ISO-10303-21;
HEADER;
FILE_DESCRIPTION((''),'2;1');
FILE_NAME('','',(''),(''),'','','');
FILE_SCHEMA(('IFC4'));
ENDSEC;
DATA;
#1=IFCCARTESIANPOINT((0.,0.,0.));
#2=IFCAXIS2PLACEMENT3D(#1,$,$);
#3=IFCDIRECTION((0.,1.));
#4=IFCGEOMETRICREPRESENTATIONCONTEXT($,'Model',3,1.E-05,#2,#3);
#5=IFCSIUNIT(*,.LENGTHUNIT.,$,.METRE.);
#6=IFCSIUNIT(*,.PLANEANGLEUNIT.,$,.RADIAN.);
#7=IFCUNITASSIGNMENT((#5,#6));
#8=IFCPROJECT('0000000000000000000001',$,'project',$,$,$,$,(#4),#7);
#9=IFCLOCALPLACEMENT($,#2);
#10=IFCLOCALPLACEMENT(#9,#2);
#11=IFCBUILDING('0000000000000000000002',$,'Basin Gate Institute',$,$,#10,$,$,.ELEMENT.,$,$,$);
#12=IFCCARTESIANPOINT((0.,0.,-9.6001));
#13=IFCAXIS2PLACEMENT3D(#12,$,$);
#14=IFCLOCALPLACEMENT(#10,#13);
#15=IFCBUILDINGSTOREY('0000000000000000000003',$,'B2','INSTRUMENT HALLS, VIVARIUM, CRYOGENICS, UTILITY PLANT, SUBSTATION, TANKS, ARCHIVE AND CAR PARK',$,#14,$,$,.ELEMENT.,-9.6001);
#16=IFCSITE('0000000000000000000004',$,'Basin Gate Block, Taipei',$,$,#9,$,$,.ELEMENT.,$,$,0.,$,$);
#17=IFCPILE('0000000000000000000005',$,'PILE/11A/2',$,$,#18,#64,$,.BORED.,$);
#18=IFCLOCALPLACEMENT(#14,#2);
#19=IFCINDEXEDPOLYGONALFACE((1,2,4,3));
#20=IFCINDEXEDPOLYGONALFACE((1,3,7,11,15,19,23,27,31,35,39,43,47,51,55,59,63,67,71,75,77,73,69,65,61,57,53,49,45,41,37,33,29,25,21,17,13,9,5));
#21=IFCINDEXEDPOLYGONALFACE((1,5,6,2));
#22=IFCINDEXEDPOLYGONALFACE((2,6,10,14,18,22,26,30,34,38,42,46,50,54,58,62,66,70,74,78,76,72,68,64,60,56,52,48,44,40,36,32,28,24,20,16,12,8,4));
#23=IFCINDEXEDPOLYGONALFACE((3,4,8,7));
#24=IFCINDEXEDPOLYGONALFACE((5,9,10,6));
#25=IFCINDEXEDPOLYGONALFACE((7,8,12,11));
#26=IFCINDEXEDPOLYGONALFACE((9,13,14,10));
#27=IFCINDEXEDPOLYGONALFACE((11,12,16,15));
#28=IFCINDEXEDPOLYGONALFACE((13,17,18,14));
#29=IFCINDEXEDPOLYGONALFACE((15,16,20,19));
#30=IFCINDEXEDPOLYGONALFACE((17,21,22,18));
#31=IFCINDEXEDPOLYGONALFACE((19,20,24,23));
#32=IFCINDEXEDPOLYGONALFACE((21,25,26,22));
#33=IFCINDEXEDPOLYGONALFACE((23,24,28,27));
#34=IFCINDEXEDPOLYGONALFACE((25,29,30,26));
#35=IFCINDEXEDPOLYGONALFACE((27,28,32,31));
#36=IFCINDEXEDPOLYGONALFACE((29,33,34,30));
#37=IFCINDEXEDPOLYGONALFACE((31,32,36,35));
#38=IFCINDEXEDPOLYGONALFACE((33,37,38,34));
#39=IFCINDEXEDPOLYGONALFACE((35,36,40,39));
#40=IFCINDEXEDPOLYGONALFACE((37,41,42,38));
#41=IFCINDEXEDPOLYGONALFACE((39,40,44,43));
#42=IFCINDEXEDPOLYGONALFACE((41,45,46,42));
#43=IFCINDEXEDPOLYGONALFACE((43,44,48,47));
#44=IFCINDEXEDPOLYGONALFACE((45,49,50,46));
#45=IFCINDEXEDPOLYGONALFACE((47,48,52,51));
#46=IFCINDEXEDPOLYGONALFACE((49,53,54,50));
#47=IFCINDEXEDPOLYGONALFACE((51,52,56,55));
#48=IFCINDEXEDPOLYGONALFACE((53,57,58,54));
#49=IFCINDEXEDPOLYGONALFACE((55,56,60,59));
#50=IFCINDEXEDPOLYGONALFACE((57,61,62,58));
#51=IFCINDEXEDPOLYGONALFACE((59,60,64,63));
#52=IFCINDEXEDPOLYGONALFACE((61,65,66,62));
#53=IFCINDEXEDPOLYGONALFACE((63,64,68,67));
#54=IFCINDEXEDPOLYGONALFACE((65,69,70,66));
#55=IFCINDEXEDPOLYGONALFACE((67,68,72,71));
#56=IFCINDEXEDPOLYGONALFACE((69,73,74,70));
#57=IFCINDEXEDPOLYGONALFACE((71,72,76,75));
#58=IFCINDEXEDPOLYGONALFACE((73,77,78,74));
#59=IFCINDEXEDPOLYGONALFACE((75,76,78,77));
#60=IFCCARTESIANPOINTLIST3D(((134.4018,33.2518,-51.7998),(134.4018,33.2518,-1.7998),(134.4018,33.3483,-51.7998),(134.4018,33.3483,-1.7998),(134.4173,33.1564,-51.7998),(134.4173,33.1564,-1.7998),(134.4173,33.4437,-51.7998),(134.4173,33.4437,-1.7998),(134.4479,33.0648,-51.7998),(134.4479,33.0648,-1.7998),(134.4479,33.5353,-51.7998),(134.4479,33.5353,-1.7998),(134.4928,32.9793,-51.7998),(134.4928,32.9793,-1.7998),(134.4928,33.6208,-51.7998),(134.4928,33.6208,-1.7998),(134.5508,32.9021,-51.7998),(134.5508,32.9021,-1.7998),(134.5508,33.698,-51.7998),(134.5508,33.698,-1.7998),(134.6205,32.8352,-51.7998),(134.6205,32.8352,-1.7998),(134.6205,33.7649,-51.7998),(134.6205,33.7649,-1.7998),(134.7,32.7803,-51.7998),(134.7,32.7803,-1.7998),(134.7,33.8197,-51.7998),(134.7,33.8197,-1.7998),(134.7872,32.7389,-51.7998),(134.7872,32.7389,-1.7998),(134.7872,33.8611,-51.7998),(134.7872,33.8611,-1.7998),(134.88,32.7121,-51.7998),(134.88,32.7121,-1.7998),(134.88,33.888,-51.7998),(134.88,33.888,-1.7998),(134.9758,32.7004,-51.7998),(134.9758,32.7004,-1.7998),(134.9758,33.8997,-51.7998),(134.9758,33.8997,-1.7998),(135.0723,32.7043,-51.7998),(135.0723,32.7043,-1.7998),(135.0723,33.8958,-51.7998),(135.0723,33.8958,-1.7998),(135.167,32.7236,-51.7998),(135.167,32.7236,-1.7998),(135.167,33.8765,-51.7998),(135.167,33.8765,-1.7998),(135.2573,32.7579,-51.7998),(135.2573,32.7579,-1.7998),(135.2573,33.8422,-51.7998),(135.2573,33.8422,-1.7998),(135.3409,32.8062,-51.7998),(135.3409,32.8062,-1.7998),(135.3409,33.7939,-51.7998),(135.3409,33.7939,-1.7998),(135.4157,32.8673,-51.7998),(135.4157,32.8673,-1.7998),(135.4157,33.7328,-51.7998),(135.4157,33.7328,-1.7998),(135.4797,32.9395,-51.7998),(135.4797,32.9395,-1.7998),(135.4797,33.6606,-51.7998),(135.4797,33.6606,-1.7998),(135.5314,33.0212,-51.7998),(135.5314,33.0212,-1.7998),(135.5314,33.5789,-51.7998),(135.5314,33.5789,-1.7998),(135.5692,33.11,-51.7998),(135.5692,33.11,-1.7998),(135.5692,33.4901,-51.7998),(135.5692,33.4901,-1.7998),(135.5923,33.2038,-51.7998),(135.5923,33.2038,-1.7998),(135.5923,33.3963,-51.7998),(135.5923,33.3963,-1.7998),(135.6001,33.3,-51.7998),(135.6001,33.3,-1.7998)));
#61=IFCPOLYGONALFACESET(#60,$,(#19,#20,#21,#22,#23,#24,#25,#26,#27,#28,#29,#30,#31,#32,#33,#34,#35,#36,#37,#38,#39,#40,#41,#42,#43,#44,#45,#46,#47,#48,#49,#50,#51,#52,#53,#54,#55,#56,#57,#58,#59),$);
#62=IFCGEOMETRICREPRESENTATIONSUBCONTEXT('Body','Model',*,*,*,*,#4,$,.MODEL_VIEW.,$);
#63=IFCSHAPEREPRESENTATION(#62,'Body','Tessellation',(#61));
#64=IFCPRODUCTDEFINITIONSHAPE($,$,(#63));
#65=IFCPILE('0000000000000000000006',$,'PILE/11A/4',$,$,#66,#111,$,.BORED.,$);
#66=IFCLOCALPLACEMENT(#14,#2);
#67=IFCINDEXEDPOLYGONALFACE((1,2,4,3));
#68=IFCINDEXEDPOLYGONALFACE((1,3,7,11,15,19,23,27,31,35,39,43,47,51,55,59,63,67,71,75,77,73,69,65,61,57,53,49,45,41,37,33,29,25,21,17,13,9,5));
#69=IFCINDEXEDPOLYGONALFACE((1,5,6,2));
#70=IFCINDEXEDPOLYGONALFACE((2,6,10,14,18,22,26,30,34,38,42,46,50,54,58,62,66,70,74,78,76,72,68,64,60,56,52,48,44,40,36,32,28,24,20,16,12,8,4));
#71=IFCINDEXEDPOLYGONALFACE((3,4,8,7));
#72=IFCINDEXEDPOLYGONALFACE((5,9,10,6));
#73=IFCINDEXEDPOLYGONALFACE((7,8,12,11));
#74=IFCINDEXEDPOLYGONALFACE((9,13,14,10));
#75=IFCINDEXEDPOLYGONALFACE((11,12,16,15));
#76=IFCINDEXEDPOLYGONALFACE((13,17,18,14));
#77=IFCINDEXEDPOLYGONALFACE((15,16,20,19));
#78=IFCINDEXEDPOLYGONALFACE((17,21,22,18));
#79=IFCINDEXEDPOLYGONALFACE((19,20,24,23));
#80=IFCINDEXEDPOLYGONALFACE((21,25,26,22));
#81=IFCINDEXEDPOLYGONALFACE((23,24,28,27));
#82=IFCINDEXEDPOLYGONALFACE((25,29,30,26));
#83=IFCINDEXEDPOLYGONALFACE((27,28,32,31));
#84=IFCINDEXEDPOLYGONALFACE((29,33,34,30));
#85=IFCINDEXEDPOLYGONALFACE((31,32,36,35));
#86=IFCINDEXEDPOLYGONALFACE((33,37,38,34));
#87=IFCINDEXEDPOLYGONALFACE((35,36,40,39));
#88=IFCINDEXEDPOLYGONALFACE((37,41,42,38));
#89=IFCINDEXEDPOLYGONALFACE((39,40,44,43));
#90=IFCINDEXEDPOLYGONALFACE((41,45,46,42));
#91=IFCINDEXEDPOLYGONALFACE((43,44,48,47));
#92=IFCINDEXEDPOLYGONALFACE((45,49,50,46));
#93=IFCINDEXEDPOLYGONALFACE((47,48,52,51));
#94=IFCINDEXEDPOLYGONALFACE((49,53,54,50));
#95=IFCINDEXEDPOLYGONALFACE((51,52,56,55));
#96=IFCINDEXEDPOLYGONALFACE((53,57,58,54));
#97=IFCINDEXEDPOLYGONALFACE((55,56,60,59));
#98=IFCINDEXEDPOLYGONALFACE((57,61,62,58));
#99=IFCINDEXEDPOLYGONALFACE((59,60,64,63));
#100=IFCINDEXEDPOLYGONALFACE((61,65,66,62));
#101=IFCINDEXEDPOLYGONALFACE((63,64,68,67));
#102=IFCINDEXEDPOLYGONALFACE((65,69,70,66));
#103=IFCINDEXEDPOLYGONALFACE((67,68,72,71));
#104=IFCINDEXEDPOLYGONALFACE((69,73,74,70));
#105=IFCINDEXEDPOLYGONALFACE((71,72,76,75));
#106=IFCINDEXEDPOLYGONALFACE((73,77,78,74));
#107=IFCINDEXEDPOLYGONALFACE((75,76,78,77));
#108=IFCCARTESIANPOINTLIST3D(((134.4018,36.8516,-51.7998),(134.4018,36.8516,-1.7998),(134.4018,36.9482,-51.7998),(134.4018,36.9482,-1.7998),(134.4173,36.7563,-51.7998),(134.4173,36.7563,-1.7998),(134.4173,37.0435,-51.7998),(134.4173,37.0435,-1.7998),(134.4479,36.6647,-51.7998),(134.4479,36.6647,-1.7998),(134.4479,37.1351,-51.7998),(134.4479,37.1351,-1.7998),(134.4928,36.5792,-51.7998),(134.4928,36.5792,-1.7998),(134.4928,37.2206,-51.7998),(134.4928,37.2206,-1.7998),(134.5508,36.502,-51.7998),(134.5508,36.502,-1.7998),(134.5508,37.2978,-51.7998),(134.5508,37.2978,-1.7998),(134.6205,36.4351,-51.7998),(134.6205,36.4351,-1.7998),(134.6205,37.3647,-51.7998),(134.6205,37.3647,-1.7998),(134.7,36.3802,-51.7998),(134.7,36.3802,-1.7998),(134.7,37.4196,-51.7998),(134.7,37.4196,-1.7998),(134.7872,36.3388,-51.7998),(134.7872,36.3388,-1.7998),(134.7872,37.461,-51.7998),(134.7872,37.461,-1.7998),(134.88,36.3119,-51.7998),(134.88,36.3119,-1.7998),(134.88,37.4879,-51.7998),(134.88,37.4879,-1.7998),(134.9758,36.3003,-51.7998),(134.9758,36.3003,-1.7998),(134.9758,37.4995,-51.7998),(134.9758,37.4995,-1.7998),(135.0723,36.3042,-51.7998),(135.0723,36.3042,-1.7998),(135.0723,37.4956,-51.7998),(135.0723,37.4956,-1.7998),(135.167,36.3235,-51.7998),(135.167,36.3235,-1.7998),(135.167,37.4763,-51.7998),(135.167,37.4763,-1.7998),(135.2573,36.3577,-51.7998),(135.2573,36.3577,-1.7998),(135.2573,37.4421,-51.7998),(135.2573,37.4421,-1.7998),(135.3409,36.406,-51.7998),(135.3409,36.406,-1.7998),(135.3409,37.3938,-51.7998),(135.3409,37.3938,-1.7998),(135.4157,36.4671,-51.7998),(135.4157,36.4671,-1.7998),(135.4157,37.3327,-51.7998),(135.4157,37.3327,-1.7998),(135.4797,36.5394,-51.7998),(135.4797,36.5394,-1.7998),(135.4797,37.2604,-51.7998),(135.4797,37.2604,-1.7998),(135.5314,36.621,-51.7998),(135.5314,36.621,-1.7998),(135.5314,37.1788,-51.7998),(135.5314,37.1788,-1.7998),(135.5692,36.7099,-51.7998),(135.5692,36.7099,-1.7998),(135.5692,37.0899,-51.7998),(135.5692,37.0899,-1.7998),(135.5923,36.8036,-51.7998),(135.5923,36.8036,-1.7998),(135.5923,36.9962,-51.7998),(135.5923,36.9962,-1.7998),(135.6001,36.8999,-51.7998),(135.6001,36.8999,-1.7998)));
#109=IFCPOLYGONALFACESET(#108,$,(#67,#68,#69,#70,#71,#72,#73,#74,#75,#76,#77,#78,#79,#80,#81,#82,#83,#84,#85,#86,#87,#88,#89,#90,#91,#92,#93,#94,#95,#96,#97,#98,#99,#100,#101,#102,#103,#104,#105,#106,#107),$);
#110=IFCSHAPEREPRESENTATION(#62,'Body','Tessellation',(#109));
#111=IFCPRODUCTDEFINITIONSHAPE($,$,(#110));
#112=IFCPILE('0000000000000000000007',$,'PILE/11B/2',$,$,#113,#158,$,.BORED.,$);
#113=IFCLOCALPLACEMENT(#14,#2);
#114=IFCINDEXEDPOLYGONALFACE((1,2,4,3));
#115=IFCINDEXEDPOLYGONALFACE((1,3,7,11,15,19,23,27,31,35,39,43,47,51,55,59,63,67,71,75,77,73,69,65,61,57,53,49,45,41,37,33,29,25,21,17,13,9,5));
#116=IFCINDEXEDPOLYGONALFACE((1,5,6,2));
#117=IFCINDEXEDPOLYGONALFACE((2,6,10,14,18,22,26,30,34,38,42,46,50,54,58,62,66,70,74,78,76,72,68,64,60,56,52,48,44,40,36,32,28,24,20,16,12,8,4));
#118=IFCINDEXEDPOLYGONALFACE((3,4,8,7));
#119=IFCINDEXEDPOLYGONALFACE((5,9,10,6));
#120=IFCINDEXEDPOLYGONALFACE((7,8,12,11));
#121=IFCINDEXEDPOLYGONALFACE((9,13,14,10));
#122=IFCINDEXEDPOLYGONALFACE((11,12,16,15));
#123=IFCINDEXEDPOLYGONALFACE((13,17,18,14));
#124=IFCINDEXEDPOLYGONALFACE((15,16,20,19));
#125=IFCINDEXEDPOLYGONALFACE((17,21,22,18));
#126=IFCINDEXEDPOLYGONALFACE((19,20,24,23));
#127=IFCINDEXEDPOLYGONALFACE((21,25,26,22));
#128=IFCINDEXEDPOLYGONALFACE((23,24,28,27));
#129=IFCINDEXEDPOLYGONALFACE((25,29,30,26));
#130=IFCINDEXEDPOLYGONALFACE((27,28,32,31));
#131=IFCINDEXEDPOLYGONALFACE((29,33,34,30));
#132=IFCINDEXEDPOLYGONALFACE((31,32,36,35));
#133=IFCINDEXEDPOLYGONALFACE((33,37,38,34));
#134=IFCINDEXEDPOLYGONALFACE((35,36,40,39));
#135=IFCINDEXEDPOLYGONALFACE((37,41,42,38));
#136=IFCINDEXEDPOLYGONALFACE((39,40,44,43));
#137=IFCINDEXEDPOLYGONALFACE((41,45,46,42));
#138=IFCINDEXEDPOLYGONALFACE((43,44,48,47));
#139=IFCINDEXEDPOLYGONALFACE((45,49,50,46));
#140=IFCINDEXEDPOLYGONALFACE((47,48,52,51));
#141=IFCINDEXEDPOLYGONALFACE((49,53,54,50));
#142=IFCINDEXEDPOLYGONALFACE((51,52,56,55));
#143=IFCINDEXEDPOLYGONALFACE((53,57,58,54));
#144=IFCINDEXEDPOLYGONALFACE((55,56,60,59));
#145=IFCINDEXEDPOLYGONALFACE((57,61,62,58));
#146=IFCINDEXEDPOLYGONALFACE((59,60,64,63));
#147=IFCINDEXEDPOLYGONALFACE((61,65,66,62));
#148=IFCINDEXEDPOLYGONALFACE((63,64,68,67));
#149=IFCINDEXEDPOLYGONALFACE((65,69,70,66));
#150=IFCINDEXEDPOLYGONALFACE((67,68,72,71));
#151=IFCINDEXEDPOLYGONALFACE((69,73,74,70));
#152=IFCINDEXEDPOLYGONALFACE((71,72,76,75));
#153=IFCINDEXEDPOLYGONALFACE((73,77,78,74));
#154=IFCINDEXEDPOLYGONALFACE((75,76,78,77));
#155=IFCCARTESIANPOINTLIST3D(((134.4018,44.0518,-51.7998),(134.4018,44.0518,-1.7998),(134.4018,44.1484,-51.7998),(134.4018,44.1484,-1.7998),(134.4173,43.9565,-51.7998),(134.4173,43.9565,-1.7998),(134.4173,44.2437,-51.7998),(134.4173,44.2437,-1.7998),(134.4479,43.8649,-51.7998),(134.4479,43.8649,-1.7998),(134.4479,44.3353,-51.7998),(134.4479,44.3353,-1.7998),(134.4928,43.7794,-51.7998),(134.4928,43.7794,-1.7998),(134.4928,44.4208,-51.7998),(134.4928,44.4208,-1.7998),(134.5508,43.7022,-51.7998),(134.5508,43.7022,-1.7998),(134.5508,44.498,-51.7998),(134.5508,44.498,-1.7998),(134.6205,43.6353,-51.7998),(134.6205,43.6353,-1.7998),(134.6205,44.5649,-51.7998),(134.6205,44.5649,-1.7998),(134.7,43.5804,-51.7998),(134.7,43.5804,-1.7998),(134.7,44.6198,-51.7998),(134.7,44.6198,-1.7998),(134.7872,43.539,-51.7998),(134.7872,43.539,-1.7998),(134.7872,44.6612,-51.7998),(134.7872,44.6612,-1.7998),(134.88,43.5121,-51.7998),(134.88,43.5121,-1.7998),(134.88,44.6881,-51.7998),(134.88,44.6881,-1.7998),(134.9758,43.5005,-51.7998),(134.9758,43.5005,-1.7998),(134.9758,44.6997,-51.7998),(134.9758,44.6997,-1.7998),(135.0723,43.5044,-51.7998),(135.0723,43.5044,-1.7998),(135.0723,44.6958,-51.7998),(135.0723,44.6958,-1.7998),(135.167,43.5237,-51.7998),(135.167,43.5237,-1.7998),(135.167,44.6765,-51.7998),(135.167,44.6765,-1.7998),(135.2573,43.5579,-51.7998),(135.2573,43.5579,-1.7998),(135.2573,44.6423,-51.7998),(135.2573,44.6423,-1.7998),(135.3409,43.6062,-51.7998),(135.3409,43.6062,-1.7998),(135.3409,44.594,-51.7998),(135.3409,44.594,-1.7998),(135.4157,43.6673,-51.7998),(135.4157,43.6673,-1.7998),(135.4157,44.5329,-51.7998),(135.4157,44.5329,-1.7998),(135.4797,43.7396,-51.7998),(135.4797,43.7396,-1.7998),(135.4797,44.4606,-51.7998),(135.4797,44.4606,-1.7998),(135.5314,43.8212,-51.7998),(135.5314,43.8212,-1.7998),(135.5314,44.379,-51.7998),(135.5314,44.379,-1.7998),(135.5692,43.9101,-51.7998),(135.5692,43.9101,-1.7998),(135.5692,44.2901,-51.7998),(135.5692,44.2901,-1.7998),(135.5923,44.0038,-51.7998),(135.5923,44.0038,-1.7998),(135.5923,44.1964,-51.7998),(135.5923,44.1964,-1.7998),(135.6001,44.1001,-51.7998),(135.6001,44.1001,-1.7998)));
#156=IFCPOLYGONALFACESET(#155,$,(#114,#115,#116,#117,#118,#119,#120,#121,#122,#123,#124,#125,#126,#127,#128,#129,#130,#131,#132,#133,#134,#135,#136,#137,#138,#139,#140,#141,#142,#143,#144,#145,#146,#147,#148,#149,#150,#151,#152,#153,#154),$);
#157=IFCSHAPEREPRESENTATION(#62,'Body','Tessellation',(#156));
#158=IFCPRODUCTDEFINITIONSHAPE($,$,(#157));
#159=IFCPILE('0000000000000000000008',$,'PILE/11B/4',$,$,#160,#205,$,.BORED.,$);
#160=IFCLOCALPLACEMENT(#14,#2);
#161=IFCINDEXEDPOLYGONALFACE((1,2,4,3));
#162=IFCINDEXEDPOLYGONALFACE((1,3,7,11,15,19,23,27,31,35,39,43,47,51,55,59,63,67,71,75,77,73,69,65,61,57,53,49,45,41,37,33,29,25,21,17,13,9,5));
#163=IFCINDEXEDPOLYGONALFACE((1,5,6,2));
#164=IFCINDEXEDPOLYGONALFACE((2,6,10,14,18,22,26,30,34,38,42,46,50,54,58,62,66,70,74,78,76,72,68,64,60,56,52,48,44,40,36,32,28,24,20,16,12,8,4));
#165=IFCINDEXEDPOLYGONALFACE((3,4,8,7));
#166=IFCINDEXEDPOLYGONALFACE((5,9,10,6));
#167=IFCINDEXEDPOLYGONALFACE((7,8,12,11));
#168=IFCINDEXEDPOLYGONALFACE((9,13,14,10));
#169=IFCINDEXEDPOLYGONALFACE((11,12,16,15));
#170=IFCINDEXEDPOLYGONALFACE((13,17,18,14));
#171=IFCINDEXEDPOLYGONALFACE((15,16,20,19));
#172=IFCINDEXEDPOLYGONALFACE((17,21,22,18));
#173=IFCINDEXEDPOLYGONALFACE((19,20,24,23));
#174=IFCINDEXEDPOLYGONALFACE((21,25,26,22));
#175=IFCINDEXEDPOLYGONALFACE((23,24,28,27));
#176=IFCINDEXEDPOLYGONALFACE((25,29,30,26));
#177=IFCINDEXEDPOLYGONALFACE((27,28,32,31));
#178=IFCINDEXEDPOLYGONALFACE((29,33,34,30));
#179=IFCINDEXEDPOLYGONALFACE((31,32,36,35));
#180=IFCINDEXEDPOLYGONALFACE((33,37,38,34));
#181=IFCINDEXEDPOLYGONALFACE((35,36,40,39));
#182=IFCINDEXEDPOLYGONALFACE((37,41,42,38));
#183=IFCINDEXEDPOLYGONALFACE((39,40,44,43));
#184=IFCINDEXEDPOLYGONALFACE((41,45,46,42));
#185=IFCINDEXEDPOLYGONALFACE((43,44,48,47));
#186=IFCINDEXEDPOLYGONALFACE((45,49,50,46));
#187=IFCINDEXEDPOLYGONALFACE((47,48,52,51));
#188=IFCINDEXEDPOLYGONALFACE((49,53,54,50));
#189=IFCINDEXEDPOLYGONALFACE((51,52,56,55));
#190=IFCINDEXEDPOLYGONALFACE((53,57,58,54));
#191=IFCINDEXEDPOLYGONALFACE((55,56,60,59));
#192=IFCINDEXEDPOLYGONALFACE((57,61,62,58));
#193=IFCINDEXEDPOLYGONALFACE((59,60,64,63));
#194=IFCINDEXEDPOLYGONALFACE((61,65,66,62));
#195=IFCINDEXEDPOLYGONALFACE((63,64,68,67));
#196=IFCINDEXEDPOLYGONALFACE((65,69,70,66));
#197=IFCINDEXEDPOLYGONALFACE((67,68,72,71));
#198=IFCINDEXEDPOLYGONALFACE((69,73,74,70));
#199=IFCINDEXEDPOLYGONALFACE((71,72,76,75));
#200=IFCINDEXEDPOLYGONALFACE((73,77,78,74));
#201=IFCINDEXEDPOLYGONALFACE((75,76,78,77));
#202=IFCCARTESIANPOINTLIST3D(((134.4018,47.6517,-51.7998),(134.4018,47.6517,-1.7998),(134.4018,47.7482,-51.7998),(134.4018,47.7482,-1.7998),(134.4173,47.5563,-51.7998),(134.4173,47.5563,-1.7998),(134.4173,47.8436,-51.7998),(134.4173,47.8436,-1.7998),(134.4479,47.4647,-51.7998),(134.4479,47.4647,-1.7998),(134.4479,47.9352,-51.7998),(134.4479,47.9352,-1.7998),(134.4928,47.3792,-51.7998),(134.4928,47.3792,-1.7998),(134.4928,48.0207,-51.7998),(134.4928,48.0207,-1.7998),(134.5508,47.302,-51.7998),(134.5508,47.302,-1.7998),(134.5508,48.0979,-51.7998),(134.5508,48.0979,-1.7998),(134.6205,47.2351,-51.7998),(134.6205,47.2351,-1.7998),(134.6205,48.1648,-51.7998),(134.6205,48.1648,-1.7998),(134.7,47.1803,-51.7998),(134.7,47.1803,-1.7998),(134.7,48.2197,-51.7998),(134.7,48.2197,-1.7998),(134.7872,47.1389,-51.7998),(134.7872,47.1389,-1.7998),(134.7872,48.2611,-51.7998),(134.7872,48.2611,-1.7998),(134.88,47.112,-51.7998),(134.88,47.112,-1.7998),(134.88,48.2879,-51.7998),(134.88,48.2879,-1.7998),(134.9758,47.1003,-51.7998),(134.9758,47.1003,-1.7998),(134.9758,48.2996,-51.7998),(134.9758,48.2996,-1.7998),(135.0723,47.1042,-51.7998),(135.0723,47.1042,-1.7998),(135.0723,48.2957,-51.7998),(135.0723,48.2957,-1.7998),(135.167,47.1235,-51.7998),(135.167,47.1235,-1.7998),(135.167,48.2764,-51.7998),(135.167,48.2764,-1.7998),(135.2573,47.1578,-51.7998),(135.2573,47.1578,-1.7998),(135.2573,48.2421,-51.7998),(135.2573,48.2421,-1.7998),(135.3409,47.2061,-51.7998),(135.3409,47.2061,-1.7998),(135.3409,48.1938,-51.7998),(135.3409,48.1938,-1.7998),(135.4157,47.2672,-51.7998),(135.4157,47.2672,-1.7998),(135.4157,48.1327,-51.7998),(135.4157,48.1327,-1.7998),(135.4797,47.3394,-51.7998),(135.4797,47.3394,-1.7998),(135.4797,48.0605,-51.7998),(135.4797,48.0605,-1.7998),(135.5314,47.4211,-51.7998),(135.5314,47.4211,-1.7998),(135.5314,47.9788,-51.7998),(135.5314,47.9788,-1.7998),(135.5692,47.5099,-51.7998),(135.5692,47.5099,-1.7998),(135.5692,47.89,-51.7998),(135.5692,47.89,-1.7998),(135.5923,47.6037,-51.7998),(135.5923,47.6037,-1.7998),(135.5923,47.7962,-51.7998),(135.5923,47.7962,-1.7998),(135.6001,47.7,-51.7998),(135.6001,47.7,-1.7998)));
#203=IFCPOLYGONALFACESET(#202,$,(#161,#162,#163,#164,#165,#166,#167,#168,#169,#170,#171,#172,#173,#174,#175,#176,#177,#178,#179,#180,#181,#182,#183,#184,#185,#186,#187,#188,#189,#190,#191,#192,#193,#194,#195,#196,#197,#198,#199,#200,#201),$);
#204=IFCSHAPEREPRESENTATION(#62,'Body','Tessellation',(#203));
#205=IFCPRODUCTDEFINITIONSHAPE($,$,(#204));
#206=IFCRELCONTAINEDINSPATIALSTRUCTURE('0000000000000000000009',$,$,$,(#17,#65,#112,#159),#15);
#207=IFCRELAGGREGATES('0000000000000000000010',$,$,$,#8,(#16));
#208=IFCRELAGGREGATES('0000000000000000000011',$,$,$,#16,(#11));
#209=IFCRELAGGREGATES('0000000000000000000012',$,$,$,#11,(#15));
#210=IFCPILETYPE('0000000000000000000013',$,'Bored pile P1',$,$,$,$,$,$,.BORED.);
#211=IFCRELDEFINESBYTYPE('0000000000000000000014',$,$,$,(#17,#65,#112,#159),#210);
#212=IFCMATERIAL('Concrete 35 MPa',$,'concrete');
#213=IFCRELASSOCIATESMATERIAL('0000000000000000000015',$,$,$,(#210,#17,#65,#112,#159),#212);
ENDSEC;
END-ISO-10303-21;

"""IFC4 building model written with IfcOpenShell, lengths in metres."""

from ifc_helpers import new_model, si_unit, direction, frame, origin, origin_2d, place, context, subcontext, project, spatial, circle, extrude, material, material_profile, profile_set, type_object, element, save


model = new_model("IFC4")

# Units and contexts
model_context = context("Model", 3, precision=1e-05, world=origin(), true_north=direction((0.0, 1.0)))
body_context = subcontext(model_context, "Body", "Model", "MODEL_VIEW")
ifc_project = project(units=[si_unit("LENGTHUNIT", "METRE"), si_unit("PLANEANGLEUNIT", "RADIAN")], contexts=[model_context])

# Site, building, storey
site_placement = place(None, origin())
site = spatial("IfcSite", under=ifc_project, at=site_placement, Name="Basin Gate Block, Taipei", CompositionType="ELEMENT", RefElevation=0.0)
building_placement = place(site_placement, origin())
building = spatial("IfcBuilding", under=site, at=building_placement, Name="Basin Gate Institute", CompositionType="ELEMENT")
storey_placement = place(building_placement, frame((0.0, 0.0, -9.6001)))
storey = spatial("IfcBuildingStorey", under=building, at=storey_placement, Name="B2", Description="INSTRUMENT HALLS, VIVARIUM, CRYOGENICS, UTILITY PLANT, SUBSTATION, TANKS, ARCHIVE AND CAR PARK", CompositionType="ELEMENT", Elevation=-9.6001)

# Piles
ifc_material_1 = material(Name="Concrete 35 MPa", Category="concrete")
ifc_material_profile_1 = material_profile(ifc_material_1, circle(Radius=0.6001, at=origin_2d()), Name="Bored pile P1 1200 dia")
ifc_profile_set_1 = profile_set([ifc_material_profile_1], Name="Concrete 35 MPa")
pile_type = type_object("IfcPileType", Name="Bored pile P1", PredefinedType="BORED", material=ifc_profile_set_1)
for number, where, z_axis, x_axis, name in (
    (1, (135.0, 33.3, -1.7998), (0.0, 0.0, -1.0), (1.0, 0.0, 0.0), "PILE/11A/2"),
    (2, (135.0, 36.8999, -1.7998), (0.0, 0.0, -1.0), (1.0, 0.0, 0.0), "PILE/11A/4"),
    (3, (135.0, 44.1001, -1.7998), (0.0, 0.0, -1.0), (1.0, 0.0, 0.0), "PILE/11B/2"),
    (4, (135.0, 47.7, -1.7998), (0.0, 0.0, -1.0), (1.0, 0.0, 0.0), "PILE/11B/4"),
):
    element("IfcPile", number, at=place(storey_placement, frame(where, z_axis=z_axis, x_axis=x_axis)), inside=storey, type_object=pile_type, material=ifc_profile_set_1, Name=name, PredefinedType="BORED", context=body_context, shape_type="SweptSolid", body=[
        extrude(circle(Radius=0.6001, at=origin_2d()), origin(), (0.0, 0.0, 1.0), 50.0),
    ])

save(model, "model.ifc")
